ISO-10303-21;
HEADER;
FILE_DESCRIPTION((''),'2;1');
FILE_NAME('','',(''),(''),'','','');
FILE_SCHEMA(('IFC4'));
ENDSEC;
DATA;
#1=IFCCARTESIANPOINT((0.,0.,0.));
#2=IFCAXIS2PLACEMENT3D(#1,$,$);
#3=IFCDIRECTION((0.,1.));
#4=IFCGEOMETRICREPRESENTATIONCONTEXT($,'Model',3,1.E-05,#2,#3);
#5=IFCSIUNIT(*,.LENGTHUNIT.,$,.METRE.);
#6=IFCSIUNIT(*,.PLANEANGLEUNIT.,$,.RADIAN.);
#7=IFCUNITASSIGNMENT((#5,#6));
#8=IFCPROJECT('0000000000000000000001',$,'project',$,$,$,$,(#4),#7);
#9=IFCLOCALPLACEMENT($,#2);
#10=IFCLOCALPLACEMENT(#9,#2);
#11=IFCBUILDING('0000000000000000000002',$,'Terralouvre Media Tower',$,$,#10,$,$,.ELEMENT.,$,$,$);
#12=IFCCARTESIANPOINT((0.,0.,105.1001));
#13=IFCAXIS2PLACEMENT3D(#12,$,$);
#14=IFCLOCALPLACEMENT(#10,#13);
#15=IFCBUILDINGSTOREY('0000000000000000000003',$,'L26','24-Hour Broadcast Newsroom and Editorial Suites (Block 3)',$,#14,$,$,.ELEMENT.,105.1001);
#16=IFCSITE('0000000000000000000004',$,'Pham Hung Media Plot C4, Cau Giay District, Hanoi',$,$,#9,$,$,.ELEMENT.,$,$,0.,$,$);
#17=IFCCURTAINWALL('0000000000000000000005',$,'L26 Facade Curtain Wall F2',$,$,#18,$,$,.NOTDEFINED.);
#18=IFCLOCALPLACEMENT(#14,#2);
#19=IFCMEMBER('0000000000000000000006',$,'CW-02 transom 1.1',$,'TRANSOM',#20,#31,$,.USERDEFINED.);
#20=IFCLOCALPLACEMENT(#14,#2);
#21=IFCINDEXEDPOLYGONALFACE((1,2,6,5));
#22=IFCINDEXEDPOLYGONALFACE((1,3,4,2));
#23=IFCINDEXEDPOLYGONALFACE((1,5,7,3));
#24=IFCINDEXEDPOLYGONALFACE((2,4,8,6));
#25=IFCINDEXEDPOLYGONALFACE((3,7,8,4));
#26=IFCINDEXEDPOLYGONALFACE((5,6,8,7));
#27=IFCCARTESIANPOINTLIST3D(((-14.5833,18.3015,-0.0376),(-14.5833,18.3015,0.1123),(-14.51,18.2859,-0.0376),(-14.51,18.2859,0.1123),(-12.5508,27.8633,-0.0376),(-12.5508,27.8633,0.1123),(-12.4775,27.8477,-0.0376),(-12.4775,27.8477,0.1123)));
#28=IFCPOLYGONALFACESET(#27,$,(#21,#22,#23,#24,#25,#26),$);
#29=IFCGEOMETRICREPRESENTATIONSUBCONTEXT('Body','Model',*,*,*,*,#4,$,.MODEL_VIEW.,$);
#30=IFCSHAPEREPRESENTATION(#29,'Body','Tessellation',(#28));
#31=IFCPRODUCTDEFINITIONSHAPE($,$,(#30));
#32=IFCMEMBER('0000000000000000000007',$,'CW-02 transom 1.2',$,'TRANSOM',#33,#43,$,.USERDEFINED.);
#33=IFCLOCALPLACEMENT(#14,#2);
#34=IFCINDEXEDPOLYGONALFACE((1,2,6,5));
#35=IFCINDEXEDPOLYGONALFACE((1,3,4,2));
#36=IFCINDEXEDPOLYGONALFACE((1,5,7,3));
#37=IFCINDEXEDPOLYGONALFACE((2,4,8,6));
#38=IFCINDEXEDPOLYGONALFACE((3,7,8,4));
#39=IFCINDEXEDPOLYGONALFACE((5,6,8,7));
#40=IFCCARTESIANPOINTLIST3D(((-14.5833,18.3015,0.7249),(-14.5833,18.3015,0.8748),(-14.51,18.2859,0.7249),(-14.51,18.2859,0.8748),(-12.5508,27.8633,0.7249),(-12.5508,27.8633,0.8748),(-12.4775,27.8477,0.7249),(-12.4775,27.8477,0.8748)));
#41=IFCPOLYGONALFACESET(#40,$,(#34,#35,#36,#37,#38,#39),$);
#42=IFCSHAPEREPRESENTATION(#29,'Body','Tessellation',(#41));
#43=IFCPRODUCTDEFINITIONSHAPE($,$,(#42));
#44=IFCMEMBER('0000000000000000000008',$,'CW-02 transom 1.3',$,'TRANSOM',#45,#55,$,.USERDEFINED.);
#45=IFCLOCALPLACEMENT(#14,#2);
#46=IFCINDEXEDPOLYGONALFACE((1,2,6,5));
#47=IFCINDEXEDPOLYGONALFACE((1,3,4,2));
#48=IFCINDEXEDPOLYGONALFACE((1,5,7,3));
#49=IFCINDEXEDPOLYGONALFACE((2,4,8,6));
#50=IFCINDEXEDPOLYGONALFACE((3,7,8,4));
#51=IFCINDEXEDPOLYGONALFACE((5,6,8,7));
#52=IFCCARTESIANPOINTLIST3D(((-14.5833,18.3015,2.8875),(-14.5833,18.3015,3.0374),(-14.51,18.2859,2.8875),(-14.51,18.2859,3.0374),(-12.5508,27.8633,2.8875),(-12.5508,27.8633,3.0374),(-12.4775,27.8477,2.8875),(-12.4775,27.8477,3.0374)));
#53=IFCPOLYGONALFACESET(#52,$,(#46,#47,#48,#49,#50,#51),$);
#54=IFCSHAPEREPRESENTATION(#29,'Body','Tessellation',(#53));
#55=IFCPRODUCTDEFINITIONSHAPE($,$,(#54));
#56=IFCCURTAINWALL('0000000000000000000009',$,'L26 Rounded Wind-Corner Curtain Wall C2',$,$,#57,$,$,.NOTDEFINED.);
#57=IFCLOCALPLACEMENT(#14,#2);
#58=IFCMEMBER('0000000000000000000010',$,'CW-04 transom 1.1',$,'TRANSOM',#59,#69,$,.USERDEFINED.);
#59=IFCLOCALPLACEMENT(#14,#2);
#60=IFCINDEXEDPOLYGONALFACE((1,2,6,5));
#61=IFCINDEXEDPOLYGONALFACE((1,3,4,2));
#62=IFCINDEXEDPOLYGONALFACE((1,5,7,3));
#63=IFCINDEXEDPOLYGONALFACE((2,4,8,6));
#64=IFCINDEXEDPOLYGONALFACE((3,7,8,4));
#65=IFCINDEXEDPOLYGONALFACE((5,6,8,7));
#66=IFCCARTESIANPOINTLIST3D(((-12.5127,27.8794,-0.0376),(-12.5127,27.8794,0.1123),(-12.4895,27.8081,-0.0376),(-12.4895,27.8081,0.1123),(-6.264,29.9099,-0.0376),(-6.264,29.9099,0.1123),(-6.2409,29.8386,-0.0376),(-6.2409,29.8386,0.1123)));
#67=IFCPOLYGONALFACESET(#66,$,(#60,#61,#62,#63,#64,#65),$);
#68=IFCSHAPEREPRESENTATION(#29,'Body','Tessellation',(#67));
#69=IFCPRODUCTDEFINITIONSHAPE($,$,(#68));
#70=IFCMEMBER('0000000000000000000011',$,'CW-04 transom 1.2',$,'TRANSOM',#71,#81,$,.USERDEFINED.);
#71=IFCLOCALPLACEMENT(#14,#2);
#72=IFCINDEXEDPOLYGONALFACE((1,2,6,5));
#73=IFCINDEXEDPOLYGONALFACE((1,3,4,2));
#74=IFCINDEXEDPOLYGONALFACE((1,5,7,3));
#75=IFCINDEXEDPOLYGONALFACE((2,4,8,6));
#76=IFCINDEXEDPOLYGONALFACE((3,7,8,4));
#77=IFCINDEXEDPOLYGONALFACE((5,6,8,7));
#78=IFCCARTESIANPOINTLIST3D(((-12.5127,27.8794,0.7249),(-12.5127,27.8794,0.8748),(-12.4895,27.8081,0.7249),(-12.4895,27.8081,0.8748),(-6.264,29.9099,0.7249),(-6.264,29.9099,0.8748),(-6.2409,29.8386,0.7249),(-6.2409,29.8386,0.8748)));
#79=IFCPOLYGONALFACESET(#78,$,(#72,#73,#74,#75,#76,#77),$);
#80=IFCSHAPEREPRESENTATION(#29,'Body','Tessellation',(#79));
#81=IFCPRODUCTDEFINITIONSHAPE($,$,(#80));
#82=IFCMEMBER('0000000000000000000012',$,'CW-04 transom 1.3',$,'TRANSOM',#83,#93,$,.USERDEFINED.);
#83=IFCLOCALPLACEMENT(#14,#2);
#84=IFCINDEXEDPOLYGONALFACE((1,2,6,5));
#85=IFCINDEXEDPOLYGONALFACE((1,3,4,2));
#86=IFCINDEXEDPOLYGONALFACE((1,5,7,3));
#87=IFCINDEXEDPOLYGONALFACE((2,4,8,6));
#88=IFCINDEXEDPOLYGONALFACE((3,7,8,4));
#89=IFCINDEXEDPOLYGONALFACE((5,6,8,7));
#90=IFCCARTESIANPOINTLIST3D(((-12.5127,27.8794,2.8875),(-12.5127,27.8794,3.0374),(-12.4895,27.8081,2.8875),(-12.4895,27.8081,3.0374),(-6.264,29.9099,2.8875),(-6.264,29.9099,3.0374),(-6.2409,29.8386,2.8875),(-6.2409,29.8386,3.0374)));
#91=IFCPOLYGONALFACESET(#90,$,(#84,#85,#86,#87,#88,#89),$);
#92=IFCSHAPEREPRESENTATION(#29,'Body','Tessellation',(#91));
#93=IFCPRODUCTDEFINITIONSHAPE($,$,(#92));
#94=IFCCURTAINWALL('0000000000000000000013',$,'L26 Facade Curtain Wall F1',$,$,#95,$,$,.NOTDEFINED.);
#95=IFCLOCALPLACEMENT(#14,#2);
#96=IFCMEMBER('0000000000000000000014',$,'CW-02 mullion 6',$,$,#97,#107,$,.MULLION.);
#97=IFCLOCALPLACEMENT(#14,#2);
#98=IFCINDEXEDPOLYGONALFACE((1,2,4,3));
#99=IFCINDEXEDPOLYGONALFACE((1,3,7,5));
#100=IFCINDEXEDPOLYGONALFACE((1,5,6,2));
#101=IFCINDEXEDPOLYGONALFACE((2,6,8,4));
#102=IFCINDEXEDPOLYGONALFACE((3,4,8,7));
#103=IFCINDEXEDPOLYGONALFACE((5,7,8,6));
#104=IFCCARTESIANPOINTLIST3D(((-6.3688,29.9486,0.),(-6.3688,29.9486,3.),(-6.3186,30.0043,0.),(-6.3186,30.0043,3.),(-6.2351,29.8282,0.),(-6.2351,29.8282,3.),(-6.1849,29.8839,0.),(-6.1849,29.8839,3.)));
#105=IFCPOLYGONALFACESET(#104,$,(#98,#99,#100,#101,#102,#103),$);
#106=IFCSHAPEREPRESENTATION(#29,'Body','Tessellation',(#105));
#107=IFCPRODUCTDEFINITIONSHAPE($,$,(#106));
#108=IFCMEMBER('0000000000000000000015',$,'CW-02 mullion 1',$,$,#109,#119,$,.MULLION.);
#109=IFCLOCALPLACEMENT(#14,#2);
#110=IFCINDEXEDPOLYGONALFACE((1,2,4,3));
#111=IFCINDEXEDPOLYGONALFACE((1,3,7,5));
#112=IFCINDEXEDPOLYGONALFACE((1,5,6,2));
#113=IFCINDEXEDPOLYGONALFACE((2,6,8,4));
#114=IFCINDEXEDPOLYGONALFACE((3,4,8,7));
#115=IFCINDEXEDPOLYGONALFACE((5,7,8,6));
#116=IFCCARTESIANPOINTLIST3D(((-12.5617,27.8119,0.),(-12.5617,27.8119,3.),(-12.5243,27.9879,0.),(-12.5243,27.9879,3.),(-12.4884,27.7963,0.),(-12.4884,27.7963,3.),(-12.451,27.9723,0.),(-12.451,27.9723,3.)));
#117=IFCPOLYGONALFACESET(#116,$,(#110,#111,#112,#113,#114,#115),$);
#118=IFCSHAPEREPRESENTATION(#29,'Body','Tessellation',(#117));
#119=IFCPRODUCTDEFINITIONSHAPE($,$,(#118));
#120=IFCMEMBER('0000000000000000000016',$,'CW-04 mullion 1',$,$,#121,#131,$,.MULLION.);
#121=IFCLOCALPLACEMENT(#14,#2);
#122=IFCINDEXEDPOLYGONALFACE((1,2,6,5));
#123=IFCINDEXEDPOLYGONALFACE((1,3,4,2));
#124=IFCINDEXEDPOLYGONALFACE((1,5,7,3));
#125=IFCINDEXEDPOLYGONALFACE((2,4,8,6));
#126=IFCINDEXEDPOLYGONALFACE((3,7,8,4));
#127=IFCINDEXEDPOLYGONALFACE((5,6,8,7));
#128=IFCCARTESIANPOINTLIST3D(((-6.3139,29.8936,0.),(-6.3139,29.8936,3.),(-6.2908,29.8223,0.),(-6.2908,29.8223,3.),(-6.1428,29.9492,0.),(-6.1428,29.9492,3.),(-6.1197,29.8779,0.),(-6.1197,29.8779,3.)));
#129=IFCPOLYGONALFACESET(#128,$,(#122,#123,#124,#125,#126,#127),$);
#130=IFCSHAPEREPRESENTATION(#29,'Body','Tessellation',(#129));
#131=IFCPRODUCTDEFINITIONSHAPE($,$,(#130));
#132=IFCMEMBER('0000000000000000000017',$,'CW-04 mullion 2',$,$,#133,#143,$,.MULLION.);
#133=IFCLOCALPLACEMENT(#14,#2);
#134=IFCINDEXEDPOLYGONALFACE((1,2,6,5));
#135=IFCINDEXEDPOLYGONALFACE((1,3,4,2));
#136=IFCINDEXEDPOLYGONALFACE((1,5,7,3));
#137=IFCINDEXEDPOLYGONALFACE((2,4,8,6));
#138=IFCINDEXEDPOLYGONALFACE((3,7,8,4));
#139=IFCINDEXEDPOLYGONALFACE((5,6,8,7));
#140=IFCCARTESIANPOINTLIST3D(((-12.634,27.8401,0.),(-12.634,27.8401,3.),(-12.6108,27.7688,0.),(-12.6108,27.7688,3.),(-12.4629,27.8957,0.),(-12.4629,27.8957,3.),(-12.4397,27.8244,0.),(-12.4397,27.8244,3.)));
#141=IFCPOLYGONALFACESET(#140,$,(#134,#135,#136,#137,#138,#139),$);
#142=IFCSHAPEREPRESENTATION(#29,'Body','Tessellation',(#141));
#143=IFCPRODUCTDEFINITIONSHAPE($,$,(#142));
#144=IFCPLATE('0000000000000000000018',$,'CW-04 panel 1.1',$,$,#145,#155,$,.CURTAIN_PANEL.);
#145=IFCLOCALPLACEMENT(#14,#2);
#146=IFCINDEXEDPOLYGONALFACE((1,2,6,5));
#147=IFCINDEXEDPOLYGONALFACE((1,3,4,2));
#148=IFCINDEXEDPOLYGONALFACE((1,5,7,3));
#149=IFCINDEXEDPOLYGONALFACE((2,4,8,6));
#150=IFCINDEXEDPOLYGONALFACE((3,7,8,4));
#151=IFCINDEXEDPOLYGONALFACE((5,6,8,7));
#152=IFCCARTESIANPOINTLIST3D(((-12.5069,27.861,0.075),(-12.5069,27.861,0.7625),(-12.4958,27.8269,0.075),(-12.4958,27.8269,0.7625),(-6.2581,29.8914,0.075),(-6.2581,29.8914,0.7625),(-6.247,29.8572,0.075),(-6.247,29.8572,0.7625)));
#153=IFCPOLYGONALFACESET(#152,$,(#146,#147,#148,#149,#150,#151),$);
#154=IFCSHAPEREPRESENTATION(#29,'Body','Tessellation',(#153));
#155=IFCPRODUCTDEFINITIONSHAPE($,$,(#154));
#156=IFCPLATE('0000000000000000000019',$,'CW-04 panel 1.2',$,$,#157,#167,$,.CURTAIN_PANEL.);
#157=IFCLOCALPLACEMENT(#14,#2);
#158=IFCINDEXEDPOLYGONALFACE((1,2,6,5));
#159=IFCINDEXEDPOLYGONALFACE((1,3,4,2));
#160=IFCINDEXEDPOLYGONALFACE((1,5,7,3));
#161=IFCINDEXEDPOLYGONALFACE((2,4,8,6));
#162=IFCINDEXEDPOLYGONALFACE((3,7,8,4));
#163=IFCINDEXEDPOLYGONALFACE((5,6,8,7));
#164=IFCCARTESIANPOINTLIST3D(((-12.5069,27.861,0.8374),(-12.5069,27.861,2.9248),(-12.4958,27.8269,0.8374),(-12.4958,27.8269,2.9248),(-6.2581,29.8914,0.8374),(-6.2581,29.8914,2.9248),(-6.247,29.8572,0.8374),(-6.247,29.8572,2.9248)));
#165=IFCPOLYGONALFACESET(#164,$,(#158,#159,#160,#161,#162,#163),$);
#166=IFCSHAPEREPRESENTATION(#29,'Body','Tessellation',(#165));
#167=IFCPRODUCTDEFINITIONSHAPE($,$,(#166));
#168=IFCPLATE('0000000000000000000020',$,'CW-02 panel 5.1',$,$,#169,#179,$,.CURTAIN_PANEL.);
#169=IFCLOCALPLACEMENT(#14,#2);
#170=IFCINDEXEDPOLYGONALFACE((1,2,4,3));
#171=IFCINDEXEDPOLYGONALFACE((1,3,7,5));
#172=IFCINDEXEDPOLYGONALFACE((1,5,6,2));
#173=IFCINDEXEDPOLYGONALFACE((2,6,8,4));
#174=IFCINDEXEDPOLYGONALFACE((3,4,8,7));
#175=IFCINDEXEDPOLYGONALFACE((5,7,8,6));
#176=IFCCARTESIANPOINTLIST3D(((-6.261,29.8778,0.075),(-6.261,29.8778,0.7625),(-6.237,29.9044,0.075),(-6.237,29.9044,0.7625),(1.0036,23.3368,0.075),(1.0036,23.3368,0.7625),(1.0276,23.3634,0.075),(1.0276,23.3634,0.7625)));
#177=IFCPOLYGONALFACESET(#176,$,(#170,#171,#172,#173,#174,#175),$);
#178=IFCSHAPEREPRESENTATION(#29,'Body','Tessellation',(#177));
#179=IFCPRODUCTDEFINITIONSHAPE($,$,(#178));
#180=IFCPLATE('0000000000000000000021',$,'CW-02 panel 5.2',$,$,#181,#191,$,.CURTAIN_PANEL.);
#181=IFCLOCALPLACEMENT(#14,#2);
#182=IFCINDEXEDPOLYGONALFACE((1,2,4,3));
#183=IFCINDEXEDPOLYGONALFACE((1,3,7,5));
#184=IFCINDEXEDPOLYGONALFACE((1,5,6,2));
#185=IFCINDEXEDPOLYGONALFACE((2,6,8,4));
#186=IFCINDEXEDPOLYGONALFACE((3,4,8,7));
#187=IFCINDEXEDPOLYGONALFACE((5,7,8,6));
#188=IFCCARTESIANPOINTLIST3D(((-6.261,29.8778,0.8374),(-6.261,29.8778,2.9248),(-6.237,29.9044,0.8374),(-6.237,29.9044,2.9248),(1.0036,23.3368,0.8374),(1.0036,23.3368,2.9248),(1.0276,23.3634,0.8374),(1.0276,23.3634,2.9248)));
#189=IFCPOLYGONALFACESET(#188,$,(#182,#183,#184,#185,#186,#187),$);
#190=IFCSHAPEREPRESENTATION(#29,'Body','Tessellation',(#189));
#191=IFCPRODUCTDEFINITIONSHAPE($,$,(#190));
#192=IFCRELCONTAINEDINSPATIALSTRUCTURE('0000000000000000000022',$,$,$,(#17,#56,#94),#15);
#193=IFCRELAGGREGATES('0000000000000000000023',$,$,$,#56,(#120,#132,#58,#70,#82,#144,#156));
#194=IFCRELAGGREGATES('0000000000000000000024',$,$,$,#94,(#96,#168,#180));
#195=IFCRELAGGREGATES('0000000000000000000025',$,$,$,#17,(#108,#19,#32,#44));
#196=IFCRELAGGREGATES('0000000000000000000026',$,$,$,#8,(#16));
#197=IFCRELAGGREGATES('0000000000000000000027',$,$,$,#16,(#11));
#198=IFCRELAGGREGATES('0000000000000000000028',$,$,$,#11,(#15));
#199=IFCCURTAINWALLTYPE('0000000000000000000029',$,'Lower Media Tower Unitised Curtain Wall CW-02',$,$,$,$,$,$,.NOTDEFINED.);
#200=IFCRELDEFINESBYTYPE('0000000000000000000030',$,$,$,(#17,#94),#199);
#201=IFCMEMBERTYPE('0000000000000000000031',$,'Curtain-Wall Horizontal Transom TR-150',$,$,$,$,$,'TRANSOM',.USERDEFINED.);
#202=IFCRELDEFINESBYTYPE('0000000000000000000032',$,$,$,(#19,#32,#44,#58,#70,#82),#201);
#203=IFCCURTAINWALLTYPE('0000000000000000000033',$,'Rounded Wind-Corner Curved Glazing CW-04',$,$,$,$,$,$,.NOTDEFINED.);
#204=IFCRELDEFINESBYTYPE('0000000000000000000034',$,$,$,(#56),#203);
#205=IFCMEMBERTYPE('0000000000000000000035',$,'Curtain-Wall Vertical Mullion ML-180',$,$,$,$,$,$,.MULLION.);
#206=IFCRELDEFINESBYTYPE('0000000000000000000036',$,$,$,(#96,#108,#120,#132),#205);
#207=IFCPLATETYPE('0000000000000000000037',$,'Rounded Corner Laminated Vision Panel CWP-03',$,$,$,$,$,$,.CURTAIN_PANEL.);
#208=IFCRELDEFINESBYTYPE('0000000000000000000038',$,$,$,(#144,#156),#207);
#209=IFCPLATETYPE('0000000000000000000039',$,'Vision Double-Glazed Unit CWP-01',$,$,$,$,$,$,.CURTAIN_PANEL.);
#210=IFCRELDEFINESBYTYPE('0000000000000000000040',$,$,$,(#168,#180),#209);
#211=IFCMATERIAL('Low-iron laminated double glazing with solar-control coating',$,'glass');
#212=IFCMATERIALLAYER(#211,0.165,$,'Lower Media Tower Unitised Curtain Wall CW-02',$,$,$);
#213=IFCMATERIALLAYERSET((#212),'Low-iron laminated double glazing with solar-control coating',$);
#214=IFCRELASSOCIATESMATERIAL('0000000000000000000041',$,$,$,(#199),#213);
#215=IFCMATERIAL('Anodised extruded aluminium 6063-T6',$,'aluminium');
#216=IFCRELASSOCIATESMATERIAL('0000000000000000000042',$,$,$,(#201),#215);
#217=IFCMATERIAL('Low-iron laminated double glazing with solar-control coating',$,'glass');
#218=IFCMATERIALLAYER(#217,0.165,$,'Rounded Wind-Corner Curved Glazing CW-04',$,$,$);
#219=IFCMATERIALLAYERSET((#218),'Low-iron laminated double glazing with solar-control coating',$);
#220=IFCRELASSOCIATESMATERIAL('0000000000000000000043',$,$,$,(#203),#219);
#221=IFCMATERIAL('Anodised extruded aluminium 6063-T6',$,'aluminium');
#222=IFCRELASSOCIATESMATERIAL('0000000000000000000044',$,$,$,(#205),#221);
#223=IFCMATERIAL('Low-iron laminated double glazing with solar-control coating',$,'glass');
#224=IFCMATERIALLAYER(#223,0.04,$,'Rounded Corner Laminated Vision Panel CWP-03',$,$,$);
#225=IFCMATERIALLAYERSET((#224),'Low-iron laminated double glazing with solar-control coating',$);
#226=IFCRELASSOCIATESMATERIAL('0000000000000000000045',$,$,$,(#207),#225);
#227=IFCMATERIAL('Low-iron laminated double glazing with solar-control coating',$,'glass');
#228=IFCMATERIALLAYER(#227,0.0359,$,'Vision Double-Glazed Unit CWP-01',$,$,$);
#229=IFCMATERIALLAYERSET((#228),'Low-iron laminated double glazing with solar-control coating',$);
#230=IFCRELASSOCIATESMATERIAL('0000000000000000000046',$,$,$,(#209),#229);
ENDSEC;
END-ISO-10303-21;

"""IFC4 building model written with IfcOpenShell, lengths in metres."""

from ifc_helpers import new_model, si_unit, direction, frame, origin, origin_2d, place, context, subcontext, project, spatial, rectangle, extrude, material, layer, layer_set, material_profile, profile_set, type_object, element, aggregate, save


model = new_model("IFC4")

# Units and contexts
model_context = context("Model", 3, precision=1e-05, world=origin(), true_north=direction((0.0, 1.0)))
body_context = subcontext(model_context, "Body", "Model", "MODEL_VIEW")
ifc_project = project(units=[si_unit("LENGTHUNIT", "METRE"), si_unit("PLANEANGLEUNIT", "RADIAN")], contexts=[model_context])

# Site, building, storey
site_placement = place(None, origin())
site = spatial("IfcSite", under=ifc_project, at=site_placement, Name="Pham Hung Media Plot C4, Cau Giay District, Hanoi", CompositionType="ELEMENT", RefElevation=0.0)
building_placement = place(site_placement, origin())
building = spatial("IfcBuilding", under=site, at=building_placement, Name="Terralouvre Media Tower", CompositionType="ELEMENT")
storey_placement = place(building_placement, frame((0.0, 0.0, 105.1001)))
storey = spatial("IfcBuildingStorey", under=building, at=storey_placement, Name="L26", Description="24-Hour Broadcast Newsroom and Editorial Suites (Block 3)", CompositionType="ELEMENT", Elevation=105.1001)

# Curtain walls, members
ifc_material_1 = material(Name="Low-iron laminated double glazing with solar-control coating", Category="glass")
ifc_layer_1 = layer(ifc_material_1, 0.165, Name="Lower Media Tower Unitised Curtain Wall CW-02")
ifc_layer_set_1 = layer_set([ifc_layer_1], Name="Low-iron laminated double glazing with solar-control coating")
curtain_wall_type_1 = type_object("IfcCurtainWallType", Name="Lower Media Tower Unitised Curtain Wall CW-02", PredefinedType="NOTDEFINED", material=ifc_layer_set_1)
curtain_wall_1_placement = place(storey_placement, origin())
curtain_wall_1 = element("IfcCurtainWall", 1, at=curtain_wall_1_placement, inside=storey, type_object=curtain_wall_type_1, Name="L26 Facade Curtain Wall F2", PredefinedType="NOTDEFINED")
ifc_material_2 = material(Name="Anodised extruded aluminium 6063-T6", Category="aluminium")
ifc_material_profile_1 = material_profile(ifc_material_2, rectangle(XDim=0.075, YDim=0.1499, at=origin_2d()), Name="ALU 75x150")
ifc_profile_set_1 = profile_set([ifc_material_profile_1], Name="Anodised extruded aluminium 6063-T6")
member_type_1 = type_object("IfcMemberType", Name="Curtain-Wall Horizontal Transom TR-150", ElementType="TRANSOM", PredefinedType="USERDEFINED", material=ifc_profile_set_1)
member_1_placement = place(storey_placement, frame((-12.5142, 27.8555, 0.0374), z_axis=(-0.207917, -0.978146, 0.0), x_axis=(0.978146, -0.207917, 0.0)))
member_1 = element("IfcMember", 2, at=member_1_placement, type_object=member_type_1, Name="CW-02 transom 1.1", ObjectType="TRANSOM", PredefinedType="USERDEFINED", context=body_context, shape_type="SweptSolid", body=[
    extrude(rectangle(XDim=0.075, YDim=0.1499, at=origin_2d()), origin(), (0.0, 0.0, 1.0), 9.7754),
])
member_2_placement = place(storey_placement, frame((-12.5142, 27.8555, 0.7998), z_axis=(-0.207917, -0.978146, 0.0), x_axis=(0.978146, -0.207917, 0.0)))
member_2 = element("IfcMember", 3, at=member_2_placement, type_object=member_type_1, Name="CW-02 transom 1.2", ObjectType="TRANSOM", PredefinedType="USERDEFINED", context=body_context, shape_type="SweptSolid", body=[
    extrude(rectangle(XDim=0.075, YDim=0.1499, at=origin_2d()), origin(), (0.0, 0.0, 1.0), 9.7754),
])
member_3_placement = place(storey_placement, frame((-12.5142, 27.8555, 2.9624), z_axis=(-0.207917, -0.978146, 0.0), x_axis=(0.978146, -0.207917, 0.0)))
member_3 = element("IfcMember", 4, at=member_3_placement, type_object=member_type_1, Name="CW-02 transom 1.3", ObjectType="TRANSOM", PredefinedType="USERDEFINED", context=body_context, shape_type="SweptSolid", body=[
    extrude(rectangle(XDim=0.075, YDim=0.1499, at=origin_2d()), origin(), (0.0, 0.0, 1.0), 9.7754),
])
ifc_material_3 = material(Name="Low-iron laminated double glazing with solar-control coating", Category="glass")
ifc_layer_2 = layer(ifc_material_3, 0.165, Name="Rounded Wind-Corner Curved Glazing CW-04")
ifc_layer_set_2 = layer_set([ifc_layer_2], Name="Low-iron laminated double glazing with solar-control coating")
curtain_wall_type_2 = type_object("IfcCurtainWallType", Name="Rounded Wind-Corner Curved Glazing CW-04", PredefinedType="NOTDEFINED", material=ifc_layer_set_2)
curtain_wall_2_placement = place(storey_placement, origin())
curtain_wall_2 = element("IfcCurtainWall", 5, at=curtain_wall_2_placement, inside=storey, type_object=curtain_wall_type_2, Name="L26 Rounded Wind-Corner Curtain Wall C2", PredefinedType="NOTDEFINED")
member_4_placement = place(storey_placement, frame((-6.2524, 29.8743, 0.0374), z_axis=(-0.951049, -0.30904, 0.0), x_axis=(0.30904, -0.951049, 0.0)))
member_4 = element("IfcMember", 6, at=member_4_placement, type_object=member_type_1, Name="CW-04 transom 1.1", ObjectType="TRANSOM", PredefinedType="USERDEFINED", context=body_context, shape_type="SweptSolid", body=[
    extrude(rectangle(XDim=0.075, YDim=0.1499, at=origin_2d()), origin(), (0.0, 0.0, 1.0), 6.5703),
])
member_5_placement = place(storey_placement, frame((-6.2524, 29.8743, 0.7998), z_axis=(-0.951049, -0.30904, 0.0), x_axis=(0.30904, -0.951049, 0.0)))
member_5 = element("IfcMember", 7, at=member_5_placement, type_object=member_type_1, Name="CW-04 transom 1.2", ObjectType="TRANSOM", PredefinedType="USERDEFINED", context=body_context, shape_type="SweptSolid", body=[
    extrude(rectangle(XDim=0.075, YDim=0.1499, at=origin_2d()), origin(), (0.0, 0.0, 1.0), 6.5703),
])
member_6_placement = place(storey_placement, frame((-6.2524, 29.8743, 2.9624), z_axis=(-0.951049, -0.30904, 0.0), x_axis=(0.30904, -0.951049, 0.0)))
member_6 = element("IfcMember", 8, at=member_6_placement, type_object=member_type_1, Name="CW-04 transom 1.3", ObjectType="TRANSOM", PredefinedType="USERDEFINED", context=body_context, shape_type="SweptSolid", body=[
    extrude(rectangle(XDim=0.075, YDim=0.1499, at=origin_2d()), origin(), (0.0, 0.0, 1.0), 6.5703),
])

# Curtain wall, member
curtain_wall_3_placement = place(storey_placement, origin())
curtain_wall_3 = element("IfcCurtainWall", 9, at=curtain_wall_3_placement, inside=storey, type_object=curtain_wall_type_1, Name="L26 Facade Curtain Wall F1", PredefinedType="NOTDEFINED")
ifc_material_4 = material(Name="Anodised extruded aluminium 6063-T6", Category="aluminium")
ifc_material_profile_2 = material_profile(ifc_material_4, rectangle(XDim=0.075, YDim=0.1799, at=origin_2d()), Name="ALU 75x180")
ifc_profile_set_2 = profile_set([ifc_material_profile_2], Name="Anodised extruded aluminium 6063-T6")
member_type_2 = type_object("IfcMemberType", Name="Curtain-Wall Vertical Mullion ML-180", PredefinedType="MULLION", material=ifc_profile_set_2)
member_7_placement = place(storey_placement, frame((-6.2769, 29.9163, 0.0), z_axis=(0.0, 0.0, 1.0), x_axis=(-0.669131, -0.743145, 0.0)))
member_7 = element("IfcMember", 10, at=member_7_placement, type_object=member_type_2, Name="CW-02 mullion 6", PredefinedType="MULLION", context=body_context, shape_type="SweptSolid", body=[
    extrude(rectangle(XDim=0.075, YDim=0.1799, at=origin_2d()), origin(), (0.0, 0.0, 1.0), 3.0),
])

# Members
member_8_placement = place(storey_placement, frame((-12.5063, 27.8921, 0.0), z_axis=(0.0, 0.0, 1.0), x_axis=(0.978148, -0.207912, 0.0)))
member_8 = element("IfcMember", 11, at=member_8_placement, type_object=member_type_2, Name="CW-02 mullion 1", PredefinedType="MULLION", context=body_context, shape_type="SweptSolid", body=[
    extrude(rectangle(XDim=0.075, YDim=0.1799, at=origin_2d()), origin(), (0.0, 0.0, 1.0), 3.0),
])
member_9_placement = place(storey_placement, frame((-6.2168, 29.8857, 0.0), z_axis=(0.0, 0.0, 1.0), x_axis=(0.309018, -0.951056, 0.0)))
member_9 = element("IfcMember", 12, at=member_9_placement, type_object=member_type_2, Name="CW-04 mullion 1", PredefinedType="MULLION", context=body_context, shape_type="SweptSolid", body=[
    extrude(rectangle(XDim=0.075, YDim=0.1799, at=origin_2d()), origin(), (0.0, 0.0, 1.0), 3.0),
])
member_10_placement = place(storey_placement, frame((-12.5369, 27.8323, 0.0), z_axis=(0.0, 0.0, 1.0), x_axis=(0.309018, -0.951056, 0.0)))
member_10 = element("IfcMember", 13, at=member_10_placement, type_object=member_type_2, Name="CW-04 mullion 2", PredefinedType="MULLION", context=body_context, shape_type="SweptSolid", body=[
    extrude(rectangle(XDim=0.075, YDim=0.1799, at=origin_2d()), origin(), (0.0, 0.0, 1.0), 3.0),
])

# Plates
ifc_material_5 = material(Name="Low-iron laminated double glazing with solar-control coating", Category="glass")
ifc_layer_3 = layer(ifc_material_5, 0.04, Name="Rounded Corner Laminated Vision Panel CWP-03")
ifc_layer_set_3 = layer_set([ifc_layer_3], Name="Low-iron laminated double glazing with solar-control coating")
plate_type_1 = type_object("IfcPlateType", Name="Rounded Corner Laminated Vision Panel CWP-03", PredefinedType="CURTAIN_PANEL", material=ifc_layer_set_3)
plate_1_placement = place(storey_placement, frame((-9.377, 28.8591, 0.075), z_axis=(0.0, 0.0, 1.0), x_axis=(-0.951056, -0.309018, 0.0)))
plate_1 = element("IfcPlate", 14, at=plate_1_placement, type_object=plate_type_1, Name="CW-04 panel 1.1", PredefinedType="CURTAIN_PANEL", context=body_context, shape_type="SweptSolid", body=[
    extrude(rectangle(XDim=6.5703, YDim=0.0359, at=origin_2d()), origin(), (0.0, 0.0, 1.0), 0.6875),
])
plate_2_placement = place(storey_placement, frame((-9.377, 28.8591, 0.8374), z_axis=(0.0, 0.0, 1.0), x_axis=(-0.951056, -0.309018, 0.0)))
plate_2 = element("IfcPlate", 15, at=plate_2_placement, type_object=plate_type_1, Name="CW-04 panel 1.2", PredefinedType="CURTAIN_PANEL", context=body_context, shape_type="SweptSolid", body=[
    extrude(rectangle(XDim=6.5703, YDim=0.0359, at=origin_2d()), origin(), (0.0, 0.0, 1.0), 2.0874),
])
aggregate(curtain_wall_2, [member_9, member_10, member_4, member_5, member_6, plate_1, plate_2])
ifc_material_6 = material(Name="Low-iron laminated double glazing with solar-control coating", Category="glass")
ifc_layer_4 = layer(ifc_material_6, 0.0359, Name="Vision Double-Glazed Unit CWP-01")
ifc_layer_set_4 = layer_set([ifc_layer_4], Name="Low-iron laminated double glazing with solar-control coating")
plate_type_2 = type_object("IfcPlateType", Name="Vision Double-Glazed Unit CWP-01", PredefinedType="CURTAIN_PANEL", material=ifc_layer_set_4)
plate_3_placement = place(storey_placement, frame((-2.6167, 26.6206, 0.075), z_axis=(0.0, 0.0, 1.0), x_axis=(-0.743145, 0.669131, 0.0)))
plate_3 = element("IfcPlate", 16, at=plate_3_placement, type_object=plate_type_2, Name="CW-02 panel 5.1", PredefinedType="CURTAIN_PANEL", context=body_context, shape_type="SweptSolid", body=[
    extrude(rectangle(XDim=9.7754, YDim=0.0359, at=origin_2d()), origin(), (0.0, 0.0, 1.0), 0.6875),
])
plate_4_placement = place(storey_placement, frame((-2.6167, 26.6206, 0.8374), z_axis=(0.0, 0.0, 1.0), x_axis=(-0.743145, 0.669131, 0.0)))
plate_4 = element("IfcPlate", 17, at=plate_4_placement, type_object=plate_type_2, Name="CW-02 panel 5.2", PredefinedType="CURTAIN_PANEL", context=body_context, shape_type="SweptSolid", body=[
    extrude(rectangle(XDim=9.7754, YDim=0.0359, at=origin_2d()), origin(), (0.0, 0.0, 1.0), 2.0874),
])
aggregate(curtain_wall_3, [member_7, plate_3, plate_4])
aggregate(curtain_wall_1, [member_8, member_1, member_2, member_3])

save(model, "model.ifc")
